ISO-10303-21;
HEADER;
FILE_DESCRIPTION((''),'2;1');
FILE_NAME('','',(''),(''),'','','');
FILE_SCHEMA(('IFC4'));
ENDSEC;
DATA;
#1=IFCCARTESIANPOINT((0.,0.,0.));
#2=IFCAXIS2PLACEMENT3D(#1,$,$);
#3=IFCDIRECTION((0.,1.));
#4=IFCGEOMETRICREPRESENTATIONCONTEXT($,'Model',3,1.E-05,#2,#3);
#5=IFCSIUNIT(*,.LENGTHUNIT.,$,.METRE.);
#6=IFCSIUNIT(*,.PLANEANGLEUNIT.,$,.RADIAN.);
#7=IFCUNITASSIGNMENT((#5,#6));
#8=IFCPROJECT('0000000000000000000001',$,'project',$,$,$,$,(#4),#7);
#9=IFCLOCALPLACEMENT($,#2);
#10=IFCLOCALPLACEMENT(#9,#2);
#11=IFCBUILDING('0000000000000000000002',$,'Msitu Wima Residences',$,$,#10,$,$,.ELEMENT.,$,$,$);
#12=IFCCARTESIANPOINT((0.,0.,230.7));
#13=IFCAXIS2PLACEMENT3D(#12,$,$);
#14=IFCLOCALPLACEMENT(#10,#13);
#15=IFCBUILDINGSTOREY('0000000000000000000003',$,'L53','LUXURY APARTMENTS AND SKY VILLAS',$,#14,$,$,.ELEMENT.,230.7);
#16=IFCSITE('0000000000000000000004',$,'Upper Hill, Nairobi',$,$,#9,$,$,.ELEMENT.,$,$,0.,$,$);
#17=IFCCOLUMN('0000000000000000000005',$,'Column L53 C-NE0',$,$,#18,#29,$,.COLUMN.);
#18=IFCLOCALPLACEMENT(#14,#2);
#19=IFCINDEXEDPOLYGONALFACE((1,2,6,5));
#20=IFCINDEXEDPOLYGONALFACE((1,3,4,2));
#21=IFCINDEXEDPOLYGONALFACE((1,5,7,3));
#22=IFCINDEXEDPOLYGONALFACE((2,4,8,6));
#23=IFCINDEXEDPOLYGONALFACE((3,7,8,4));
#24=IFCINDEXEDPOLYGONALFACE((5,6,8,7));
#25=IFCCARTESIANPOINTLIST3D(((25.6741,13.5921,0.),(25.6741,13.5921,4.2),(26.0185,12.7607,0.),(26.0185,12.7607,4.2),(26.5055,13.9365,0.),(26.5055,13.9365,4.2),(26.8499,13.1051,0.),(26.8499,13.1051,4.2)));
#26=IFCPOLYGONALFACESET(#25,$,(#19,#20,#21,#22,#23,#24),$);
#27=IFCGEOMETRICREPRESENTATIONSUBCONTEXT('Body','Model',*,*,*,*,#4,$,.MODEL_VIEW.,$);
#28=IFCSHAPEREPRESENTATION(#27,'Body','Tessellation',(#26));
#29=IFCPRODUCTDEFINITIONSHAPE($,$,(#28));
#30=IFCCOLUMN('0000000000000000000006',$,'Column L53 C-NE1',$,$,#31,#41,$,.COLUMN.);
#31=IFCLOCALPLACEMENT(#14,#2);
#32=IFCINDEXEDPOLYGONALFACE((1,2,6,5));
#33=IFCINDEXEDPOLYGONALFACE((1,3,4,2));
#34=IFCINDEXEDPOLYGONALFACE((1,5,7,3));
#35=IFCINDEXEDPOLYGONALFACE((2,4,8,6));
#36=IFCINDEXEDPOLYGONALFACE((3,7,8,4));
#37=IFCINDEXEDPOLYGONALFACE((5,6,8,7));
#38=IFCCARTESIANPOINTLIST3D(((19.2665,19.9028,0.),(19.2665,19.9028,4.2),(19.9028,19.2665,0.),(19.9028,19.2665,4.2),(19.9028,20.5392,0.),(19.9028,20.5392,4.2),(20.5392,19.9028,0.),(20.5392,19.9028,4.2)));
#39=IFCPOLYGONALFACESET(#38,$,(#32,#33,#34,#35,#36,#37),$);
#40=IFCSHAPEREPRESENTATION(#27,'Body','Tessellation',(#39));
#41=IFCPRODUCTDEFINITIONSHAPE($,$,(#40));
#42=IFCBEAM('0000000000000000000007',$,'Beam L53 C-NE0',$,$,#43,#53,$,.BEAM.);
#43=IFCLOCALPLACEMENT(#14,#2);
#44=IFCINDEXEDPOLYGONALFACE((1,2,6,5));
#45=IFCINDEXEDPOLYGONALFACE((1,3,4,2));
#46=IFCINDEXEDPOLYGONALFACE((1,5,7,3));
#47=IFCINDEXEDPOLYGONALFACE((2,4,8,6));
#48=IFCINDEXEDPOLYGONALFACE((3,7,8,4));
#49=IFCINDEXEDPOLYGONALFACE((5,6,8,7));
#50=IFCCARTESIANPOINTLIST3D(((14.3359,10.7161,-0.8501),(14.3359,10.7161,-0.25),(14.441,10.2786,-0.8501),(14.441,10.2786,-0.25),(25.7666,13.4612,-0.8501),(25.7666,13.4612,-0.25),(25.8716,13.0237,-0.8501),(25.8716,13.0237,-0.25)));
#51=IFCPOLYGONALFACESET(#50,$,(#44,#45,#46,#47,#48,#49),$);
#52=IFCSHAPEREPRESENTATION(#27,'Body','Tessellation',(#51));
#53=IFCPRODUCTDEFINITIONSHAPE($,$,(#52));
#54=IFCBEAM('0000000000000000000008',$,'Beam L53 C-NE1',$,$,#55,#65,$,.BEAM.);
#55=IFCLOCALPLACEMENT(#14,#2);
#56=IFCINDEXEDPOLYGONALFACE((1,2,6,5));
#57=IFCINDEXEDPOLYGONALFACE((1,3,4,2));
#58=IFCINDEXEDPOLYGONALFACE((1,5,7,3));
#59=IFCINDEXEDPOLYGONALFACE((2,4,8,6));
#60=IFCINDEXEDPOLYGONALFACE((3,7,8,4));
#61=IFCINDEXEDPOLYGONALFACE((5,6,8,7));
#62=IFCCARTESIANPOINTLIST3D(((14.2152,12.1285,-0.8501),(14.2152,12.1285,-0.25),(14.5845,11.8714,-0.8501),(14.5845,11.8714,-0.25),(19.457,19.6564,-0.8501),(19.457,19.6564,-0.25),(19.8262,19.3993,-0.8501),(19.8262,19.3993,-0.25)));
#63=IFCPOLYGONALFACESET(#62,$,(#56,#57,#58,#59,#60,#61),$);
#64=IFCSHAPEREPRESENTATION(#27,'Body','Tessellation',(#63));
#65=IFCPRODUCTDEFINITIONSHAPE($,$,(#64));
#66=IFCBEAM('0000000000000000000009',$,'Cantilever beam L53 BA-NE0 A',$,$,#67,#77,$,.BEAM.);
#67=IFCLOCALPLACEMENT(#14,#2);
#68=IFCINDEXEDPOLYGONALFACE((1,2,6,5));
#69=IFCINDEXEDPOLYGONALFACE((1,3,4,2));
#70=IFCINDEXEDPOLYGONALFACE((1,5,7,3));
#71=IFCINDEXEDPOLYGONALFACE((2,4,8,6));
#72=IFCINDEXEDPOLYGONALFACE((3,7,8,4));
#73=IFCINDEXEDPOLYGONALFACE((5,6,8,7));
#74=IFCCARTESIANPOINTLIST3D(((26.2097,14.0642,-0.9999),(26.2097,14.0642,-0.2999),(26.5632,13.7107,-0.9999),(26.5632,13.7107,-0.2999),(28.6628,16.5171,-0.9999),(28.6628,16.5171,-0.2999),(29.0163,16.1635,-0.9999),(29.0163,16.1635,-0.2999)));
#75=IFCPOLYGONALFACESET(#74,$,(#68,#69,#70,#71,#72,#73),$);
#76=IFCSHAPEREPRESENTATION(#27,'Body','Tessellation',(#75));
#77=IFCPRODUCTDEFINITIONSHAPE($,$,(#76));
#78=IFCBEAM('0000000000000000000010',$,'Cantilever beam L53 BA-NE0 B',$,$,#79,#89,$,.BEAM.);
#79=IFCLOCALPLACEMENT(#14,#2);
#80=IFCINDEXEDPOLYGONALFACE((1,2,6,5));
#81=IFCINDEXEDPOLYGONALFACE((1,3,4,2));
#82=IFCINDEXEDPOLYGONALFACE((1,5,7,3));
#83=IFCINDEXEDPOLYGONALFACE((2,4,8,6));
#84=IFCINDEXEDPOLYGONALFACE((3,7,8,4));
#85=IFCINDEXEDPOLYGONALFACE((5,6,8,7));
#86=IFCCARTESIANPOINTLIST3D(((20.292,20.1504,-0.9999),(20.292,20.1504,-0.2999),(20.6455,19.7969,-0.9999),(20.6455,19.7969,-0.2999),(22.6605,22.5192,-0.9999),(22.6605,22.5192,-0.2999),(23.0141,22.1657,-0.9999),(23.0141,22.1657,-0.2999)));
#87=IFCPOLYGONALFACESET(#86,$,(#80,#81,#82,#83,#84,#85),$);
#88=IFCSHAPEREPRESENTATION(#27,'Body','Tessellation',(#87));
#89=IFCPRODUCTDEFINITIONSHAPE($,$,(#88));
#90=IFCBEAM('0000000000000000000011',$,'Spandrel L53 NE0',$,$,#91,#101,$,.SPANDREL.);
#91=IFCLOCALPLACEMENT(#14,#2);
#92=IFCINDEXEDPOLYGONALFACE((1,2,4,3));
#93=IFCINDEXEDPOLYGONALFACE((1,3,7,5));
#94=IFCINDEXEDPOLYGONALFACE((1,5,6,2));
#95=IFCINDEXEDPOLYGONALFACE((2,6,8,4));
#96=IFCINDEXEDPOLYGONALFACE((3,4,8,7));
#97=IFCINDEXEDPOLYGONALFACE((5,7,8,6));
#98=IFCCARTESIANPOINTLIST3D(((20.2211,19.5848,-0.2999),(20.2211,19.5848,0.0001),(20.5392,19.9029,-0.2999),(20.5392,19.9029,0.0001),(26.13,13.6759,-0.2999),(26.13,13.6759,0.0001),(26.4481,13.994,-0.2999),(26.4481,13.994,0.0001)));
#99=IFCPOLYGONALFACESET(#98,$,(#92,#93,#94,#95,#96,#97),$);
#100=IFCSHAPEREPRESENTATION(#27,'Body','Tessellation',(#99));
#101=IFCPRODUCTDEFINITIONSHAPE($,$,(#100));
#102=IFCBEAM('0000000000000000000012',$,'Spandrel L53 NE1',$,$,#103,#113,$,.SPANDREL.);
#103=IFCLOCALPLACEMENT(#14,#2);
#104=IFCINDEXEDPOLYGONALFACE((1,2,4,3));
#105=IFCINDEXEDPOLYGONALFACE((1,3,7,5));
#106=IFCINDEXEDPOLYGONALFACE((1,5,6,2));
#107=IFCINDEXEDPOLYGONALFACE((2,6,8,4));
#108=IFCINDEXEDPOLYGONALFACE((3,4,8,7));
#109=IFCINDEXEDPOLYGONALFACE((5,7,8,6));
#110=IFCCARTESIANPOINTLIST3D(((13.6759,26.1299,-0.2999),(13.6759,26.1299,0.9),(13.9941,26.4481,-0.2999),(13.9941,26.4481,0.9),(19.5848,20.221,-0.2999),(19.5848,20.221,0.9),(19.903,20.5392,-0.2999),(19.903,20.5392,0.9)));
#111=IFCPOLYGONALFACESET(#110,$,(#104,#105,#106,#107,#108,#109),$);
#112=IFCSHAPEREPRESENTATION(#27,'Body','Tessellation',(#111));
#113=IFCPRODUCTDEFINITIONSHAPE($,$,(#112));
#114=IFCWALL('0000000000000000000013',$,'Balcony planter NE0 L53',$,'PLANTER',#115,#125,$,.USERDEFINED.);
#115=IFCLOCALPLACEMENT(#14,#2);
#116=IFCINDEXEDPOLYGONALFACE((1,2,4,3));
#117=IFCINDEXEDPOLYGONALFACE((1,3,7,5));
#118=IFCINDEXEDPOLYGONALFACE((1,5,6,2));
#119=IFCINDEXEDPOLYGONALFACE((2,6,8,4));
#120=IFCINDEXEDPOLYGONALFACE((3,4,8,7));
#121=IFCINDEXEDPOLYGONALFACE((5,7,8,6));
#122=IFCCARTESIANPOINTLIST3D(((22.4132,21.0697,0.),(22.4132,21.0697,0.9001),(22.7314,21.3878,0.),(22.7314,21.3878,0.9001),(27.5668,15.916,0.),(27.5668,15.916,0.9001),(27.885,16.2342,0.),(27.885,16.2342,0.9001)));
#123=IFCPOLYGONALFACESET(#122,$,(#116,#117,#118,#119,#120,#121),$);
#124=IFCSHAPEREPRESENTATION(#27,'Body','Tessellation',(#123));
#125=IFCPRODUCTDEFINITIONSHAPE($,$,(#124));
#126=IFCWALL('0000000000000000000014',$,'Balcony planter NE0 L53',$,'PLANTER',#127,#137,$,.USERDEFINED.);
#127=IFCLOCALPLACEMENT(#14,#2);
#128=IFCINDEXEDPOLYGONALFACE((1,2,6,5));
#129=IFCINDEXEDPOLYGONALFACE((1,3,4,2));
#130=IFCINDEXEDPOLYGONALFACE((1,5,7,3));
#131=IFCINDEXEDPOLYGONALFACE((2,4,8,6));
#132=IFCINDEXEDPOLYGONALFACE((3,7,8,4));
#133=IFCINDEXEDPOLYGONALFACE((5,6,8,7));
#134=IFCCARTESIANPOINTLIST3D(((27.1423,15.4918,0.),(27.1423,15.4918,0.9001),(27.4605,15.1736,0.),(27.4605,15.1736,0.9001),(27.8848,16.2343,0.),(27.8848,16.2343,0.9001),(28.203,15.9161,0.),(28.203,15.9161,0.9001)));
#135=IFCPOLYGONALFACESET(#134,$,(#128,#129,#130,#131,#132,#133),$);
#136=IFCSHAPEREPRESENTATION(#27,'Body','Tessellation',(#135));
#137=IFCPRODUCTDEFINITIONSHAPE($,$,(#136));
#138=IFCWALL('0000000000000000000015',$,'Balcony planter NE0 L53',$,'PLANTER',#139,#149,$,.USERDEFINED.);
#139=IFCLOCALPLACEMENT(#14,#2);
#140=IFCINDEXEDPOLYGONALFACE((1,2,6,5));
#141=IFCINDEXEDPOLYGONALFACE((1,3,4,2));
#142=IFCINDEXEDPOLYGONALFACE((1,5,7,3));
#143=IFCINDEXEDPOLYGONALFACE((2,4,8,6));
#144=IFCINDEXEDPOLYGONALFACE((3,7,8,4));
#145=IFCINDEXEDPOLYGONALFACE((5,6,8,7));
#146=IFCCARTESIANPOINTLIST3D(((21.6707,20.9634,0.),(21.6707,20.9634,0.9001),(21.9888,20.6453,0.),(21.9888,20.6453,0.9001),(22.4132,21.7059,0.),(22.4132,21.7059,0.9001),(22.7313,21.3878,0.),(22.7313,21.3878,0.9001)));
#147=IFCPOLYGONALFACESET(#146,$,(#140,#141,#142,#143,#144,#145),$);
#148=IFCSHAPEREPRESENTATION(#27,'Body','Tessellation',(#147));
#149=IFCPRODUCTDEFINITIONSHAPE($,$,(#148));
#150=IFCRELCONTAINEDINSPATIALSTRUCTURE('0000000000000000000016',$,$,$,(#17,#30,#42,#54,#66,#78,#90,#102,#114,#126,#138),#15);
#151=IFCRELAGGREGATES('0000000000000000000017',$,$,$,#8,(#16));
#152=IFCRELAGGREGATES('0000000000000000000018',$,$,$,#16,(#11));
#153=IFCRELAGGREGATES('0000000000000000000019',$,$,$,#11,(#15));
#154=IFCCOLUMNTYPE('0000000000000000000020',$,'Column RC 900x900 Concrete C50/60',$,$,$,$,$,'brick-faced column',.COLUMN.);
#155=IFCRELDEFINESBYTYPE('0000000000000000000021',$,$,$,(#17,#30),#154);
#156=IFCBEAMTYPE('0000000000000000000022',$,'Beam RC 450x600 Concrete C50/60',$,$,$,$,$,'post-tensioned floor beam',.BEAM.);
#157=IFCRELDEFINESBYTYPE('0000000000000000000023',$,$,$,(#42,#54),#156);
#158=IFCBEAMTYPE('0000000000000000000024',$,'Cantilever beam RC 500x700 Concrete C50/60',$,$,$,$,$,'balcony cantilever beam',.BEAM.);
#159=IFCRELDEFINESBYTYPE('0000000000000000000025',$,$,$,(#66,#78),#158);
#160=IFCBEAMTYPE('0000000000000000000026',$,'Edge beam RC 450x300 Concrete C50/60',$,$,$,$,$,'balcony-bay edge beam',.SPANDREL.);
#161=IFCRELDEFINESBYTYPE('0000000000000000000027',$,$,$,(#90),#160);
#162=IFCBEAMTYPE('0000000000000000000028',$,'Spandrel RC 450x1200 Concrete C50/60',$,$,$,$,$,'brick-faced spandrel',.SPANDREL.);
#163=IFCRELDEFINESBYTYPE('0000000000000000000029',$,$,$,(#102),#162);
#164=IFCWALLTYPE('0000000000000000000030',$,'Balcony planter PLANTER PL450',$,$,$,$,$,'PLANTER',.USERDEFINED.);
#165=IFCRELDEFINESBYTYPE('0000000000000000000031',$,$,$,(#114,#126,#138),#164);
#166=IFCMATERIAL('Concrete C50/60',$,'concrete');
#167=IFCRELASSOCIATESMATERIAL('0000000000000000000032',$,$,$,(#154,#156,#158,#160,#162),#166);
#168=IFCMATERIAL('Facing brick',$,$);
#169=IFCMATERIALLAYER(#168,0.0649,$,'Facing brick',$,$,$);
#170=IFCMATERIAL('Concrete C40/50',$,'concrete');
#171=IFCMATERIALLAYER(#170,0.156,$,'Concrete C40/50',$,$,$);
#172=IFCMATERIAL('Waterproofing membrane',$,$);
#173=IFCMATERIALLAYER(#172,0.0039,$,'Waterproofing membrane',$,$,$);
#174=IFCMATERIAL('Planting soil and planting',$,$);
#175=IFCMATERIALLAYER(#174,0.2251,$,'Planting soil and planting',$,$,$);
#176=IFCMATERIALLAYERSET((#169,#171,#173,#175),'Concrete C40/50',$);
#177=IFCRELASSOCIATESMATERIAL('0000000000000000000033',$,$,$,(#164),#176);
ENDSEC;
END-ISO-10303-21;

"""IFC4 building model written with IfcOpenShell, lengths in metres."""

from ifc_helpers import new_model, si_unit, direction, frame, frame_2d, origin, origin_2d, place, context, subcontext, project, spatial, rectangle, extrude, material, layer, layer_set, material_profile, profile_set, type_object, element, save


model = new_model("IFC4")

# Units and contexts
model_context = context("Model", 3, precision=1e-05, world=origin(), true_north=direction((0.0, 1.0)))
body_context = subcontext(model_context, "Body", "Model", "MODEL_VIEW")
ifc_project = project(units=[si_unit("LENGTHUNIT", "METRE"), si_unit("PLANEANGLEUNIT", "RADIAN")], contexts=[model_context])

# Site, building, storey
site_placement = place(None, origin())
site = spatial("IfcSite", under=ifc_project, at=site_placement, Name="Upper Hill, Nairobi", CompositionType="ELEMENT", RefElevation=0.0)
building_placement = place(site_placement, origin())
building = spatial("IfcBuilding", under=site, at=building_placement, Name="Msitu Wima Residences", CompositionType="ELEMENT")
storey_placement = place(building_placement, frame((0.0, 0.0, 230.7)))
storey = spatial("IfcBuildingStorey", under=building, at=storey_placement, Name="L53", Description="LUXURY APARTMENTS AND SKY VILLAS", CompositionType="ELEMENT", Elevation=230.7)

# Columns
ifc_material_1 = material(Name="Concrete C50/60", Category="concrete")
ifc_material_profile_1 = material_profile(ifc_material_1, rectangle(XDim=0.8999, YDim=0.8999, at=origin_2d()), Name="RC 900x900")
ifc_profile_set_1 = profile_set([ifc_material_profile_1], Name="Concrete C50/60")
column_type = type_object("IfcColumnType", Name="Column RC 900x900 Concrete C50/60", ElementType="brick-faced column", PredefinedType="COLUMN", material=ifc_profile_set_1)
for number, where, z_axis, x_axis, name in (
    (1, (26.262, 13.3486, 0.0), (0.0, 0.0, 1.0), (-0.382683, 0.92388, 0.0), "Column L53 C-NE0"),
    (2, (19.9028, 19.9028, 0.0), (0.0, 0.0, 1.0), (-0.707107, 0.707107, 0.0), "Column L53 C-NE1"),
):
    element("IfcColumn", number, at=place(storey_placement, frame(where, z_axis=z_axis, x_axis=x_axis)), inside=storey, type_object=column_type, Name=name, PredefinedType="COLUMN", context=body_context, shape_type="SweptSolid", body=[
        extrude(rectangle(XDim=0.8999, YDim=0.8999, at=origin_2d()), origin(), (0.0, 0.0, 1.0), 4.2),
    ])

# Beams
ifc_material_profile_2 = material_profile(ifc_material_1, rectangle(XDim=0.45, YDim=0.6001, at=origin_2d()), Name="RC 450x600")
ifc_profile_set_2 = profile_set([ifc_material_profile_2], Name="Concrete C50/60")
beam_type_1 = type_object("IfcBeamType", Name="Beam RC 450x600 Concrete C50/60", ElementType="post-tensioned floor beam", PredefinedType="BEAM", material=ifc_profile_set_2)
beam_1_placement = place(storey_placement, frame((25.8191, 13.2424, -0.55), z_axis=(-0.972353, -0.233514, 0.0), x_axis=(0.233514, -0.972353, 0.0)))
element("IfcBeam", 3, at=beam_1_placement, inside=storey, type_object=beam_type_1, Name="Beam L53 C-NE0", PredefinedType="BEAM", context=body_context, shape_type="SweptSolid", body=[
    extrude(rectangle(XDim=0.45, YDim=0.6001, at=origin_2d()), origin(), (0.0, 0.0, 1.0), 11.7556),
])
beam_2_placement = place(storey_placement, frame((19.6416, 19.5278, -0.55), z_axis=(-0.571428, -0.820652, 0.0), x_axis=(0.820652, -0.571428, 0.0)))
element("IfcBeam", 4, at=beam_2_placement, inside=storey, type_object=beam_type_1, Name="Beam L53 C-NE1", PredefinedType="BEAM", context=body_context, shape_type="SweptSolid", body=[
    extrude(rectangle(XDim=0.45, YDim=0.6001, at=origin_2d()), origin(), (0.0, 0.0, 1.0), 9.1731),
])
ifc_material_profile_3 = material_profile(ifc_material_1, rectangle(XDim=0.5, YDim=0.7, at=origin_2d()), Name="RC 500x700")
ifc_profile_set_3 = profile_set([ifc_material_profile_3], Name="Concrete C50/60")
beam_type_2 = type_object("IfcBeamType", Name="Cantilever beam RC 500x700 Concrete C50/60", ElementType="balcony cantilever beam", PredefinedType="BEAM", material=ifc_profile_set_3)
beam_3_placement = place(storey_placement, frame((26.3865, 13.8875, -0.6499), z_axis=(0.707142, 0.707072, 0.0), x_axis=(-0.707072, 0.707142, 0.0)))
element("IfcBeam", 5, at=beam_3_placement, inside=storey, type_object=beam_type_2, Name="Cantilever beam L53 BA-NE0 A", PredefinedType="BEAM", context=body_context, shape_type="SweptSolid", body=[
    extrude(rectangle(XDim=0.5, YDim=0.7, at=origin_2d()), origin(), (0.0, 0.0, 1.0), 3.469),
])
beam_4_placement = place(storey_placement, frame((20.4688, 19.9736, -0.6499), z_axis=(0.70707, 0.707143, 0.0), x_axis=(-0.707143, 0.70707, 0.0)))
element("IfcBeam", 6, at=beam_4_placement, inside=storey, type_object=beam_type_2, Name="Cantilever beam L53 BA-NE0 B", PredefinedType="BEAM", context=body_context, shape_type="SweptSolid", body=[
    extrude(rectangle(XDim=0.5, YDim=0.7, at=origin_2d()), origin(), (0.0, 0.0, 1.0), 3.3499),
])
ifc_material_profile_4 = material_profile(ifc_material_1, rectangle(XDim=0.45, YDim=0.3, at=origin_2d()), Name="RC 450x300")
ifc_profile_set_4 = profile_set([ifc_material_profile_4], Name="Concrete C50/60")
beam_type_3 = type_object("IfcBeamType", Name="Edge beam RC 450x300 Concrete C50/60", ElementType="balcony-bay edge beam", PredefinedType="SPANDREL", material=ifc_profile_set_4)
beam_5_placement = place(storey_placement, frame((26.2891, 13.835, -0.1499), z_axis=(-0.707107, 0.707107, 0.0), x_axis=(-0.707107, -0.707107, 0.0)))
element("IfcBeam", 7, at=beam_5_placement, inside=storey, type_object=beam_type_3, Name="Spandrel L53 NE0", PredefinedType="SPANDREL", context=body_context, shape_type="SweptSolid", body=[
    extrude(rectangle(XDim=0.45, YDim=0.3, at=origin_2d()), origin(), (0.0, 0.0, 1.0), 8.3564),
])
ifc_material_profile_5 = material_profile(ifc_material_1, rectangle(XDim=0.45, YDim=1.2, at=origin_2d()), Name="RC 450x1200")
ifc_profile_set_5 = profile_set([ifc_material_profile_5], Name="Concrete C50/60")
beam_type_4 = type_object("IfcBeamType", Name="Spandrel RC 450x1200 Concrete C50/60", ElementType="brick-faced spandrel", PredefinedType="SPANDREL", material=ifc_profile_set_5)
beam_6_placement = place(storey_placement, frame((19.7439, 20.3801, 0.3), z_axis=(-0.707107, 0.707107, 0.0), x_axis=(-0.707107, -0.707107, 0.0)))
element("IfcBeam", 8, at=beam_6_placement, inside=storey, type_object=beam_type_4, Name="Spandrel L53 NE1", PredefinedType="SPANDREL", context=body_context, shape_type="SweptSolid", body=[
    extrude(rectangle(XDim=0.45, YDim=1.2, at=origin_2d()), origin(), (0.0, 0.0, 1.0), 8.3564),
])

# Walls
ifc_material_2 = material(Name="Facing brick")
ifc_layer_1 = layer(ifc_material_2, 0.0649, Name="Facing brick")
ifc_material_3 = material(Name="Concrete C40/50", Category="concrete")
ifc_layer_2 = layer(ifc_material_3, 0.156, Name="Concrete C40/50")
ifc_material_4 = material(Name="Waterproofing membrane")
ifc_layer_3 = layer(ifc_material_4, 0.0039, Name="Waterproofing membrane")
ifc_material_5 = material(Name="Planting soil and planting")
ifc_layer_4 = layer(ifc_material_5, 0.2251, Name="Planting soil and planting")
ifc_layer_set_1 = layer_set([ifc_layer_1, ifc_layer_2, ifc_layer_3, ifc_layer_4], Name="Concrete C40/50")
wall_type_1 = type_object("IfcWallType", Name="Balcony planter PLANTER PL450", ElementType="PLANTER", PredefinedType="USERDEFINED", material=ifc_layer_set_1)
wall_1_placement = place(storey_placement, frame((27.7258, 16.0752, 0.0), z_axis=(0.0, 0.0, 1.0), x_axis=(-0.707107, 0.707107, 0.0)))
element("IfcWall", 9, at=wall_1_placement, inside=storey, type_object=wall_type_1, Name="Balcony planter NE0 L53", ObjectType="PLANTER", PredefinedType="USERDEFINED", context=body_context, shape_type="SweptSolid", body=[
    extrude(rectangle(XDim=7.2883, YDim=0.45, at=frame_2d((3.644, 0.0))), origin(), (0.0, 0.0, 1.0), 0.9001),
])
for number, where, z_axis, x_axis, name in (
    (10, (27.3015, 15.3328, 0.0), (0.0, 0.0, 1.0), (0.707107, 0.707107, 0.0), "Balcony planter NE0 L53"),
    (11, (21.8298, 20.8044, 0.0), (0.0, 0.0, 1.0), (0.707107, 0.707107, 0.0), "Balcony planter NE0 L53"),
):
    element("IfcWall", number, at=place(storey_placement, frame(where, z_axis=z_axis, x_axis=x_axis)), inside=storey, type_object=wall_type_1, Name=name, ObjectType="PLANTER", PredefinedType="USERDEFINED", context=body_context, shape_type="SweptSolid", body=[
        extrude(rectangle(XDim=1.05, YDim=0.45, at=frame_2d((0.5249, 0.0))), origin(), (0.0, 0.0, 1.0), 0.9001),
    ])

save(model, "model.ifc")
